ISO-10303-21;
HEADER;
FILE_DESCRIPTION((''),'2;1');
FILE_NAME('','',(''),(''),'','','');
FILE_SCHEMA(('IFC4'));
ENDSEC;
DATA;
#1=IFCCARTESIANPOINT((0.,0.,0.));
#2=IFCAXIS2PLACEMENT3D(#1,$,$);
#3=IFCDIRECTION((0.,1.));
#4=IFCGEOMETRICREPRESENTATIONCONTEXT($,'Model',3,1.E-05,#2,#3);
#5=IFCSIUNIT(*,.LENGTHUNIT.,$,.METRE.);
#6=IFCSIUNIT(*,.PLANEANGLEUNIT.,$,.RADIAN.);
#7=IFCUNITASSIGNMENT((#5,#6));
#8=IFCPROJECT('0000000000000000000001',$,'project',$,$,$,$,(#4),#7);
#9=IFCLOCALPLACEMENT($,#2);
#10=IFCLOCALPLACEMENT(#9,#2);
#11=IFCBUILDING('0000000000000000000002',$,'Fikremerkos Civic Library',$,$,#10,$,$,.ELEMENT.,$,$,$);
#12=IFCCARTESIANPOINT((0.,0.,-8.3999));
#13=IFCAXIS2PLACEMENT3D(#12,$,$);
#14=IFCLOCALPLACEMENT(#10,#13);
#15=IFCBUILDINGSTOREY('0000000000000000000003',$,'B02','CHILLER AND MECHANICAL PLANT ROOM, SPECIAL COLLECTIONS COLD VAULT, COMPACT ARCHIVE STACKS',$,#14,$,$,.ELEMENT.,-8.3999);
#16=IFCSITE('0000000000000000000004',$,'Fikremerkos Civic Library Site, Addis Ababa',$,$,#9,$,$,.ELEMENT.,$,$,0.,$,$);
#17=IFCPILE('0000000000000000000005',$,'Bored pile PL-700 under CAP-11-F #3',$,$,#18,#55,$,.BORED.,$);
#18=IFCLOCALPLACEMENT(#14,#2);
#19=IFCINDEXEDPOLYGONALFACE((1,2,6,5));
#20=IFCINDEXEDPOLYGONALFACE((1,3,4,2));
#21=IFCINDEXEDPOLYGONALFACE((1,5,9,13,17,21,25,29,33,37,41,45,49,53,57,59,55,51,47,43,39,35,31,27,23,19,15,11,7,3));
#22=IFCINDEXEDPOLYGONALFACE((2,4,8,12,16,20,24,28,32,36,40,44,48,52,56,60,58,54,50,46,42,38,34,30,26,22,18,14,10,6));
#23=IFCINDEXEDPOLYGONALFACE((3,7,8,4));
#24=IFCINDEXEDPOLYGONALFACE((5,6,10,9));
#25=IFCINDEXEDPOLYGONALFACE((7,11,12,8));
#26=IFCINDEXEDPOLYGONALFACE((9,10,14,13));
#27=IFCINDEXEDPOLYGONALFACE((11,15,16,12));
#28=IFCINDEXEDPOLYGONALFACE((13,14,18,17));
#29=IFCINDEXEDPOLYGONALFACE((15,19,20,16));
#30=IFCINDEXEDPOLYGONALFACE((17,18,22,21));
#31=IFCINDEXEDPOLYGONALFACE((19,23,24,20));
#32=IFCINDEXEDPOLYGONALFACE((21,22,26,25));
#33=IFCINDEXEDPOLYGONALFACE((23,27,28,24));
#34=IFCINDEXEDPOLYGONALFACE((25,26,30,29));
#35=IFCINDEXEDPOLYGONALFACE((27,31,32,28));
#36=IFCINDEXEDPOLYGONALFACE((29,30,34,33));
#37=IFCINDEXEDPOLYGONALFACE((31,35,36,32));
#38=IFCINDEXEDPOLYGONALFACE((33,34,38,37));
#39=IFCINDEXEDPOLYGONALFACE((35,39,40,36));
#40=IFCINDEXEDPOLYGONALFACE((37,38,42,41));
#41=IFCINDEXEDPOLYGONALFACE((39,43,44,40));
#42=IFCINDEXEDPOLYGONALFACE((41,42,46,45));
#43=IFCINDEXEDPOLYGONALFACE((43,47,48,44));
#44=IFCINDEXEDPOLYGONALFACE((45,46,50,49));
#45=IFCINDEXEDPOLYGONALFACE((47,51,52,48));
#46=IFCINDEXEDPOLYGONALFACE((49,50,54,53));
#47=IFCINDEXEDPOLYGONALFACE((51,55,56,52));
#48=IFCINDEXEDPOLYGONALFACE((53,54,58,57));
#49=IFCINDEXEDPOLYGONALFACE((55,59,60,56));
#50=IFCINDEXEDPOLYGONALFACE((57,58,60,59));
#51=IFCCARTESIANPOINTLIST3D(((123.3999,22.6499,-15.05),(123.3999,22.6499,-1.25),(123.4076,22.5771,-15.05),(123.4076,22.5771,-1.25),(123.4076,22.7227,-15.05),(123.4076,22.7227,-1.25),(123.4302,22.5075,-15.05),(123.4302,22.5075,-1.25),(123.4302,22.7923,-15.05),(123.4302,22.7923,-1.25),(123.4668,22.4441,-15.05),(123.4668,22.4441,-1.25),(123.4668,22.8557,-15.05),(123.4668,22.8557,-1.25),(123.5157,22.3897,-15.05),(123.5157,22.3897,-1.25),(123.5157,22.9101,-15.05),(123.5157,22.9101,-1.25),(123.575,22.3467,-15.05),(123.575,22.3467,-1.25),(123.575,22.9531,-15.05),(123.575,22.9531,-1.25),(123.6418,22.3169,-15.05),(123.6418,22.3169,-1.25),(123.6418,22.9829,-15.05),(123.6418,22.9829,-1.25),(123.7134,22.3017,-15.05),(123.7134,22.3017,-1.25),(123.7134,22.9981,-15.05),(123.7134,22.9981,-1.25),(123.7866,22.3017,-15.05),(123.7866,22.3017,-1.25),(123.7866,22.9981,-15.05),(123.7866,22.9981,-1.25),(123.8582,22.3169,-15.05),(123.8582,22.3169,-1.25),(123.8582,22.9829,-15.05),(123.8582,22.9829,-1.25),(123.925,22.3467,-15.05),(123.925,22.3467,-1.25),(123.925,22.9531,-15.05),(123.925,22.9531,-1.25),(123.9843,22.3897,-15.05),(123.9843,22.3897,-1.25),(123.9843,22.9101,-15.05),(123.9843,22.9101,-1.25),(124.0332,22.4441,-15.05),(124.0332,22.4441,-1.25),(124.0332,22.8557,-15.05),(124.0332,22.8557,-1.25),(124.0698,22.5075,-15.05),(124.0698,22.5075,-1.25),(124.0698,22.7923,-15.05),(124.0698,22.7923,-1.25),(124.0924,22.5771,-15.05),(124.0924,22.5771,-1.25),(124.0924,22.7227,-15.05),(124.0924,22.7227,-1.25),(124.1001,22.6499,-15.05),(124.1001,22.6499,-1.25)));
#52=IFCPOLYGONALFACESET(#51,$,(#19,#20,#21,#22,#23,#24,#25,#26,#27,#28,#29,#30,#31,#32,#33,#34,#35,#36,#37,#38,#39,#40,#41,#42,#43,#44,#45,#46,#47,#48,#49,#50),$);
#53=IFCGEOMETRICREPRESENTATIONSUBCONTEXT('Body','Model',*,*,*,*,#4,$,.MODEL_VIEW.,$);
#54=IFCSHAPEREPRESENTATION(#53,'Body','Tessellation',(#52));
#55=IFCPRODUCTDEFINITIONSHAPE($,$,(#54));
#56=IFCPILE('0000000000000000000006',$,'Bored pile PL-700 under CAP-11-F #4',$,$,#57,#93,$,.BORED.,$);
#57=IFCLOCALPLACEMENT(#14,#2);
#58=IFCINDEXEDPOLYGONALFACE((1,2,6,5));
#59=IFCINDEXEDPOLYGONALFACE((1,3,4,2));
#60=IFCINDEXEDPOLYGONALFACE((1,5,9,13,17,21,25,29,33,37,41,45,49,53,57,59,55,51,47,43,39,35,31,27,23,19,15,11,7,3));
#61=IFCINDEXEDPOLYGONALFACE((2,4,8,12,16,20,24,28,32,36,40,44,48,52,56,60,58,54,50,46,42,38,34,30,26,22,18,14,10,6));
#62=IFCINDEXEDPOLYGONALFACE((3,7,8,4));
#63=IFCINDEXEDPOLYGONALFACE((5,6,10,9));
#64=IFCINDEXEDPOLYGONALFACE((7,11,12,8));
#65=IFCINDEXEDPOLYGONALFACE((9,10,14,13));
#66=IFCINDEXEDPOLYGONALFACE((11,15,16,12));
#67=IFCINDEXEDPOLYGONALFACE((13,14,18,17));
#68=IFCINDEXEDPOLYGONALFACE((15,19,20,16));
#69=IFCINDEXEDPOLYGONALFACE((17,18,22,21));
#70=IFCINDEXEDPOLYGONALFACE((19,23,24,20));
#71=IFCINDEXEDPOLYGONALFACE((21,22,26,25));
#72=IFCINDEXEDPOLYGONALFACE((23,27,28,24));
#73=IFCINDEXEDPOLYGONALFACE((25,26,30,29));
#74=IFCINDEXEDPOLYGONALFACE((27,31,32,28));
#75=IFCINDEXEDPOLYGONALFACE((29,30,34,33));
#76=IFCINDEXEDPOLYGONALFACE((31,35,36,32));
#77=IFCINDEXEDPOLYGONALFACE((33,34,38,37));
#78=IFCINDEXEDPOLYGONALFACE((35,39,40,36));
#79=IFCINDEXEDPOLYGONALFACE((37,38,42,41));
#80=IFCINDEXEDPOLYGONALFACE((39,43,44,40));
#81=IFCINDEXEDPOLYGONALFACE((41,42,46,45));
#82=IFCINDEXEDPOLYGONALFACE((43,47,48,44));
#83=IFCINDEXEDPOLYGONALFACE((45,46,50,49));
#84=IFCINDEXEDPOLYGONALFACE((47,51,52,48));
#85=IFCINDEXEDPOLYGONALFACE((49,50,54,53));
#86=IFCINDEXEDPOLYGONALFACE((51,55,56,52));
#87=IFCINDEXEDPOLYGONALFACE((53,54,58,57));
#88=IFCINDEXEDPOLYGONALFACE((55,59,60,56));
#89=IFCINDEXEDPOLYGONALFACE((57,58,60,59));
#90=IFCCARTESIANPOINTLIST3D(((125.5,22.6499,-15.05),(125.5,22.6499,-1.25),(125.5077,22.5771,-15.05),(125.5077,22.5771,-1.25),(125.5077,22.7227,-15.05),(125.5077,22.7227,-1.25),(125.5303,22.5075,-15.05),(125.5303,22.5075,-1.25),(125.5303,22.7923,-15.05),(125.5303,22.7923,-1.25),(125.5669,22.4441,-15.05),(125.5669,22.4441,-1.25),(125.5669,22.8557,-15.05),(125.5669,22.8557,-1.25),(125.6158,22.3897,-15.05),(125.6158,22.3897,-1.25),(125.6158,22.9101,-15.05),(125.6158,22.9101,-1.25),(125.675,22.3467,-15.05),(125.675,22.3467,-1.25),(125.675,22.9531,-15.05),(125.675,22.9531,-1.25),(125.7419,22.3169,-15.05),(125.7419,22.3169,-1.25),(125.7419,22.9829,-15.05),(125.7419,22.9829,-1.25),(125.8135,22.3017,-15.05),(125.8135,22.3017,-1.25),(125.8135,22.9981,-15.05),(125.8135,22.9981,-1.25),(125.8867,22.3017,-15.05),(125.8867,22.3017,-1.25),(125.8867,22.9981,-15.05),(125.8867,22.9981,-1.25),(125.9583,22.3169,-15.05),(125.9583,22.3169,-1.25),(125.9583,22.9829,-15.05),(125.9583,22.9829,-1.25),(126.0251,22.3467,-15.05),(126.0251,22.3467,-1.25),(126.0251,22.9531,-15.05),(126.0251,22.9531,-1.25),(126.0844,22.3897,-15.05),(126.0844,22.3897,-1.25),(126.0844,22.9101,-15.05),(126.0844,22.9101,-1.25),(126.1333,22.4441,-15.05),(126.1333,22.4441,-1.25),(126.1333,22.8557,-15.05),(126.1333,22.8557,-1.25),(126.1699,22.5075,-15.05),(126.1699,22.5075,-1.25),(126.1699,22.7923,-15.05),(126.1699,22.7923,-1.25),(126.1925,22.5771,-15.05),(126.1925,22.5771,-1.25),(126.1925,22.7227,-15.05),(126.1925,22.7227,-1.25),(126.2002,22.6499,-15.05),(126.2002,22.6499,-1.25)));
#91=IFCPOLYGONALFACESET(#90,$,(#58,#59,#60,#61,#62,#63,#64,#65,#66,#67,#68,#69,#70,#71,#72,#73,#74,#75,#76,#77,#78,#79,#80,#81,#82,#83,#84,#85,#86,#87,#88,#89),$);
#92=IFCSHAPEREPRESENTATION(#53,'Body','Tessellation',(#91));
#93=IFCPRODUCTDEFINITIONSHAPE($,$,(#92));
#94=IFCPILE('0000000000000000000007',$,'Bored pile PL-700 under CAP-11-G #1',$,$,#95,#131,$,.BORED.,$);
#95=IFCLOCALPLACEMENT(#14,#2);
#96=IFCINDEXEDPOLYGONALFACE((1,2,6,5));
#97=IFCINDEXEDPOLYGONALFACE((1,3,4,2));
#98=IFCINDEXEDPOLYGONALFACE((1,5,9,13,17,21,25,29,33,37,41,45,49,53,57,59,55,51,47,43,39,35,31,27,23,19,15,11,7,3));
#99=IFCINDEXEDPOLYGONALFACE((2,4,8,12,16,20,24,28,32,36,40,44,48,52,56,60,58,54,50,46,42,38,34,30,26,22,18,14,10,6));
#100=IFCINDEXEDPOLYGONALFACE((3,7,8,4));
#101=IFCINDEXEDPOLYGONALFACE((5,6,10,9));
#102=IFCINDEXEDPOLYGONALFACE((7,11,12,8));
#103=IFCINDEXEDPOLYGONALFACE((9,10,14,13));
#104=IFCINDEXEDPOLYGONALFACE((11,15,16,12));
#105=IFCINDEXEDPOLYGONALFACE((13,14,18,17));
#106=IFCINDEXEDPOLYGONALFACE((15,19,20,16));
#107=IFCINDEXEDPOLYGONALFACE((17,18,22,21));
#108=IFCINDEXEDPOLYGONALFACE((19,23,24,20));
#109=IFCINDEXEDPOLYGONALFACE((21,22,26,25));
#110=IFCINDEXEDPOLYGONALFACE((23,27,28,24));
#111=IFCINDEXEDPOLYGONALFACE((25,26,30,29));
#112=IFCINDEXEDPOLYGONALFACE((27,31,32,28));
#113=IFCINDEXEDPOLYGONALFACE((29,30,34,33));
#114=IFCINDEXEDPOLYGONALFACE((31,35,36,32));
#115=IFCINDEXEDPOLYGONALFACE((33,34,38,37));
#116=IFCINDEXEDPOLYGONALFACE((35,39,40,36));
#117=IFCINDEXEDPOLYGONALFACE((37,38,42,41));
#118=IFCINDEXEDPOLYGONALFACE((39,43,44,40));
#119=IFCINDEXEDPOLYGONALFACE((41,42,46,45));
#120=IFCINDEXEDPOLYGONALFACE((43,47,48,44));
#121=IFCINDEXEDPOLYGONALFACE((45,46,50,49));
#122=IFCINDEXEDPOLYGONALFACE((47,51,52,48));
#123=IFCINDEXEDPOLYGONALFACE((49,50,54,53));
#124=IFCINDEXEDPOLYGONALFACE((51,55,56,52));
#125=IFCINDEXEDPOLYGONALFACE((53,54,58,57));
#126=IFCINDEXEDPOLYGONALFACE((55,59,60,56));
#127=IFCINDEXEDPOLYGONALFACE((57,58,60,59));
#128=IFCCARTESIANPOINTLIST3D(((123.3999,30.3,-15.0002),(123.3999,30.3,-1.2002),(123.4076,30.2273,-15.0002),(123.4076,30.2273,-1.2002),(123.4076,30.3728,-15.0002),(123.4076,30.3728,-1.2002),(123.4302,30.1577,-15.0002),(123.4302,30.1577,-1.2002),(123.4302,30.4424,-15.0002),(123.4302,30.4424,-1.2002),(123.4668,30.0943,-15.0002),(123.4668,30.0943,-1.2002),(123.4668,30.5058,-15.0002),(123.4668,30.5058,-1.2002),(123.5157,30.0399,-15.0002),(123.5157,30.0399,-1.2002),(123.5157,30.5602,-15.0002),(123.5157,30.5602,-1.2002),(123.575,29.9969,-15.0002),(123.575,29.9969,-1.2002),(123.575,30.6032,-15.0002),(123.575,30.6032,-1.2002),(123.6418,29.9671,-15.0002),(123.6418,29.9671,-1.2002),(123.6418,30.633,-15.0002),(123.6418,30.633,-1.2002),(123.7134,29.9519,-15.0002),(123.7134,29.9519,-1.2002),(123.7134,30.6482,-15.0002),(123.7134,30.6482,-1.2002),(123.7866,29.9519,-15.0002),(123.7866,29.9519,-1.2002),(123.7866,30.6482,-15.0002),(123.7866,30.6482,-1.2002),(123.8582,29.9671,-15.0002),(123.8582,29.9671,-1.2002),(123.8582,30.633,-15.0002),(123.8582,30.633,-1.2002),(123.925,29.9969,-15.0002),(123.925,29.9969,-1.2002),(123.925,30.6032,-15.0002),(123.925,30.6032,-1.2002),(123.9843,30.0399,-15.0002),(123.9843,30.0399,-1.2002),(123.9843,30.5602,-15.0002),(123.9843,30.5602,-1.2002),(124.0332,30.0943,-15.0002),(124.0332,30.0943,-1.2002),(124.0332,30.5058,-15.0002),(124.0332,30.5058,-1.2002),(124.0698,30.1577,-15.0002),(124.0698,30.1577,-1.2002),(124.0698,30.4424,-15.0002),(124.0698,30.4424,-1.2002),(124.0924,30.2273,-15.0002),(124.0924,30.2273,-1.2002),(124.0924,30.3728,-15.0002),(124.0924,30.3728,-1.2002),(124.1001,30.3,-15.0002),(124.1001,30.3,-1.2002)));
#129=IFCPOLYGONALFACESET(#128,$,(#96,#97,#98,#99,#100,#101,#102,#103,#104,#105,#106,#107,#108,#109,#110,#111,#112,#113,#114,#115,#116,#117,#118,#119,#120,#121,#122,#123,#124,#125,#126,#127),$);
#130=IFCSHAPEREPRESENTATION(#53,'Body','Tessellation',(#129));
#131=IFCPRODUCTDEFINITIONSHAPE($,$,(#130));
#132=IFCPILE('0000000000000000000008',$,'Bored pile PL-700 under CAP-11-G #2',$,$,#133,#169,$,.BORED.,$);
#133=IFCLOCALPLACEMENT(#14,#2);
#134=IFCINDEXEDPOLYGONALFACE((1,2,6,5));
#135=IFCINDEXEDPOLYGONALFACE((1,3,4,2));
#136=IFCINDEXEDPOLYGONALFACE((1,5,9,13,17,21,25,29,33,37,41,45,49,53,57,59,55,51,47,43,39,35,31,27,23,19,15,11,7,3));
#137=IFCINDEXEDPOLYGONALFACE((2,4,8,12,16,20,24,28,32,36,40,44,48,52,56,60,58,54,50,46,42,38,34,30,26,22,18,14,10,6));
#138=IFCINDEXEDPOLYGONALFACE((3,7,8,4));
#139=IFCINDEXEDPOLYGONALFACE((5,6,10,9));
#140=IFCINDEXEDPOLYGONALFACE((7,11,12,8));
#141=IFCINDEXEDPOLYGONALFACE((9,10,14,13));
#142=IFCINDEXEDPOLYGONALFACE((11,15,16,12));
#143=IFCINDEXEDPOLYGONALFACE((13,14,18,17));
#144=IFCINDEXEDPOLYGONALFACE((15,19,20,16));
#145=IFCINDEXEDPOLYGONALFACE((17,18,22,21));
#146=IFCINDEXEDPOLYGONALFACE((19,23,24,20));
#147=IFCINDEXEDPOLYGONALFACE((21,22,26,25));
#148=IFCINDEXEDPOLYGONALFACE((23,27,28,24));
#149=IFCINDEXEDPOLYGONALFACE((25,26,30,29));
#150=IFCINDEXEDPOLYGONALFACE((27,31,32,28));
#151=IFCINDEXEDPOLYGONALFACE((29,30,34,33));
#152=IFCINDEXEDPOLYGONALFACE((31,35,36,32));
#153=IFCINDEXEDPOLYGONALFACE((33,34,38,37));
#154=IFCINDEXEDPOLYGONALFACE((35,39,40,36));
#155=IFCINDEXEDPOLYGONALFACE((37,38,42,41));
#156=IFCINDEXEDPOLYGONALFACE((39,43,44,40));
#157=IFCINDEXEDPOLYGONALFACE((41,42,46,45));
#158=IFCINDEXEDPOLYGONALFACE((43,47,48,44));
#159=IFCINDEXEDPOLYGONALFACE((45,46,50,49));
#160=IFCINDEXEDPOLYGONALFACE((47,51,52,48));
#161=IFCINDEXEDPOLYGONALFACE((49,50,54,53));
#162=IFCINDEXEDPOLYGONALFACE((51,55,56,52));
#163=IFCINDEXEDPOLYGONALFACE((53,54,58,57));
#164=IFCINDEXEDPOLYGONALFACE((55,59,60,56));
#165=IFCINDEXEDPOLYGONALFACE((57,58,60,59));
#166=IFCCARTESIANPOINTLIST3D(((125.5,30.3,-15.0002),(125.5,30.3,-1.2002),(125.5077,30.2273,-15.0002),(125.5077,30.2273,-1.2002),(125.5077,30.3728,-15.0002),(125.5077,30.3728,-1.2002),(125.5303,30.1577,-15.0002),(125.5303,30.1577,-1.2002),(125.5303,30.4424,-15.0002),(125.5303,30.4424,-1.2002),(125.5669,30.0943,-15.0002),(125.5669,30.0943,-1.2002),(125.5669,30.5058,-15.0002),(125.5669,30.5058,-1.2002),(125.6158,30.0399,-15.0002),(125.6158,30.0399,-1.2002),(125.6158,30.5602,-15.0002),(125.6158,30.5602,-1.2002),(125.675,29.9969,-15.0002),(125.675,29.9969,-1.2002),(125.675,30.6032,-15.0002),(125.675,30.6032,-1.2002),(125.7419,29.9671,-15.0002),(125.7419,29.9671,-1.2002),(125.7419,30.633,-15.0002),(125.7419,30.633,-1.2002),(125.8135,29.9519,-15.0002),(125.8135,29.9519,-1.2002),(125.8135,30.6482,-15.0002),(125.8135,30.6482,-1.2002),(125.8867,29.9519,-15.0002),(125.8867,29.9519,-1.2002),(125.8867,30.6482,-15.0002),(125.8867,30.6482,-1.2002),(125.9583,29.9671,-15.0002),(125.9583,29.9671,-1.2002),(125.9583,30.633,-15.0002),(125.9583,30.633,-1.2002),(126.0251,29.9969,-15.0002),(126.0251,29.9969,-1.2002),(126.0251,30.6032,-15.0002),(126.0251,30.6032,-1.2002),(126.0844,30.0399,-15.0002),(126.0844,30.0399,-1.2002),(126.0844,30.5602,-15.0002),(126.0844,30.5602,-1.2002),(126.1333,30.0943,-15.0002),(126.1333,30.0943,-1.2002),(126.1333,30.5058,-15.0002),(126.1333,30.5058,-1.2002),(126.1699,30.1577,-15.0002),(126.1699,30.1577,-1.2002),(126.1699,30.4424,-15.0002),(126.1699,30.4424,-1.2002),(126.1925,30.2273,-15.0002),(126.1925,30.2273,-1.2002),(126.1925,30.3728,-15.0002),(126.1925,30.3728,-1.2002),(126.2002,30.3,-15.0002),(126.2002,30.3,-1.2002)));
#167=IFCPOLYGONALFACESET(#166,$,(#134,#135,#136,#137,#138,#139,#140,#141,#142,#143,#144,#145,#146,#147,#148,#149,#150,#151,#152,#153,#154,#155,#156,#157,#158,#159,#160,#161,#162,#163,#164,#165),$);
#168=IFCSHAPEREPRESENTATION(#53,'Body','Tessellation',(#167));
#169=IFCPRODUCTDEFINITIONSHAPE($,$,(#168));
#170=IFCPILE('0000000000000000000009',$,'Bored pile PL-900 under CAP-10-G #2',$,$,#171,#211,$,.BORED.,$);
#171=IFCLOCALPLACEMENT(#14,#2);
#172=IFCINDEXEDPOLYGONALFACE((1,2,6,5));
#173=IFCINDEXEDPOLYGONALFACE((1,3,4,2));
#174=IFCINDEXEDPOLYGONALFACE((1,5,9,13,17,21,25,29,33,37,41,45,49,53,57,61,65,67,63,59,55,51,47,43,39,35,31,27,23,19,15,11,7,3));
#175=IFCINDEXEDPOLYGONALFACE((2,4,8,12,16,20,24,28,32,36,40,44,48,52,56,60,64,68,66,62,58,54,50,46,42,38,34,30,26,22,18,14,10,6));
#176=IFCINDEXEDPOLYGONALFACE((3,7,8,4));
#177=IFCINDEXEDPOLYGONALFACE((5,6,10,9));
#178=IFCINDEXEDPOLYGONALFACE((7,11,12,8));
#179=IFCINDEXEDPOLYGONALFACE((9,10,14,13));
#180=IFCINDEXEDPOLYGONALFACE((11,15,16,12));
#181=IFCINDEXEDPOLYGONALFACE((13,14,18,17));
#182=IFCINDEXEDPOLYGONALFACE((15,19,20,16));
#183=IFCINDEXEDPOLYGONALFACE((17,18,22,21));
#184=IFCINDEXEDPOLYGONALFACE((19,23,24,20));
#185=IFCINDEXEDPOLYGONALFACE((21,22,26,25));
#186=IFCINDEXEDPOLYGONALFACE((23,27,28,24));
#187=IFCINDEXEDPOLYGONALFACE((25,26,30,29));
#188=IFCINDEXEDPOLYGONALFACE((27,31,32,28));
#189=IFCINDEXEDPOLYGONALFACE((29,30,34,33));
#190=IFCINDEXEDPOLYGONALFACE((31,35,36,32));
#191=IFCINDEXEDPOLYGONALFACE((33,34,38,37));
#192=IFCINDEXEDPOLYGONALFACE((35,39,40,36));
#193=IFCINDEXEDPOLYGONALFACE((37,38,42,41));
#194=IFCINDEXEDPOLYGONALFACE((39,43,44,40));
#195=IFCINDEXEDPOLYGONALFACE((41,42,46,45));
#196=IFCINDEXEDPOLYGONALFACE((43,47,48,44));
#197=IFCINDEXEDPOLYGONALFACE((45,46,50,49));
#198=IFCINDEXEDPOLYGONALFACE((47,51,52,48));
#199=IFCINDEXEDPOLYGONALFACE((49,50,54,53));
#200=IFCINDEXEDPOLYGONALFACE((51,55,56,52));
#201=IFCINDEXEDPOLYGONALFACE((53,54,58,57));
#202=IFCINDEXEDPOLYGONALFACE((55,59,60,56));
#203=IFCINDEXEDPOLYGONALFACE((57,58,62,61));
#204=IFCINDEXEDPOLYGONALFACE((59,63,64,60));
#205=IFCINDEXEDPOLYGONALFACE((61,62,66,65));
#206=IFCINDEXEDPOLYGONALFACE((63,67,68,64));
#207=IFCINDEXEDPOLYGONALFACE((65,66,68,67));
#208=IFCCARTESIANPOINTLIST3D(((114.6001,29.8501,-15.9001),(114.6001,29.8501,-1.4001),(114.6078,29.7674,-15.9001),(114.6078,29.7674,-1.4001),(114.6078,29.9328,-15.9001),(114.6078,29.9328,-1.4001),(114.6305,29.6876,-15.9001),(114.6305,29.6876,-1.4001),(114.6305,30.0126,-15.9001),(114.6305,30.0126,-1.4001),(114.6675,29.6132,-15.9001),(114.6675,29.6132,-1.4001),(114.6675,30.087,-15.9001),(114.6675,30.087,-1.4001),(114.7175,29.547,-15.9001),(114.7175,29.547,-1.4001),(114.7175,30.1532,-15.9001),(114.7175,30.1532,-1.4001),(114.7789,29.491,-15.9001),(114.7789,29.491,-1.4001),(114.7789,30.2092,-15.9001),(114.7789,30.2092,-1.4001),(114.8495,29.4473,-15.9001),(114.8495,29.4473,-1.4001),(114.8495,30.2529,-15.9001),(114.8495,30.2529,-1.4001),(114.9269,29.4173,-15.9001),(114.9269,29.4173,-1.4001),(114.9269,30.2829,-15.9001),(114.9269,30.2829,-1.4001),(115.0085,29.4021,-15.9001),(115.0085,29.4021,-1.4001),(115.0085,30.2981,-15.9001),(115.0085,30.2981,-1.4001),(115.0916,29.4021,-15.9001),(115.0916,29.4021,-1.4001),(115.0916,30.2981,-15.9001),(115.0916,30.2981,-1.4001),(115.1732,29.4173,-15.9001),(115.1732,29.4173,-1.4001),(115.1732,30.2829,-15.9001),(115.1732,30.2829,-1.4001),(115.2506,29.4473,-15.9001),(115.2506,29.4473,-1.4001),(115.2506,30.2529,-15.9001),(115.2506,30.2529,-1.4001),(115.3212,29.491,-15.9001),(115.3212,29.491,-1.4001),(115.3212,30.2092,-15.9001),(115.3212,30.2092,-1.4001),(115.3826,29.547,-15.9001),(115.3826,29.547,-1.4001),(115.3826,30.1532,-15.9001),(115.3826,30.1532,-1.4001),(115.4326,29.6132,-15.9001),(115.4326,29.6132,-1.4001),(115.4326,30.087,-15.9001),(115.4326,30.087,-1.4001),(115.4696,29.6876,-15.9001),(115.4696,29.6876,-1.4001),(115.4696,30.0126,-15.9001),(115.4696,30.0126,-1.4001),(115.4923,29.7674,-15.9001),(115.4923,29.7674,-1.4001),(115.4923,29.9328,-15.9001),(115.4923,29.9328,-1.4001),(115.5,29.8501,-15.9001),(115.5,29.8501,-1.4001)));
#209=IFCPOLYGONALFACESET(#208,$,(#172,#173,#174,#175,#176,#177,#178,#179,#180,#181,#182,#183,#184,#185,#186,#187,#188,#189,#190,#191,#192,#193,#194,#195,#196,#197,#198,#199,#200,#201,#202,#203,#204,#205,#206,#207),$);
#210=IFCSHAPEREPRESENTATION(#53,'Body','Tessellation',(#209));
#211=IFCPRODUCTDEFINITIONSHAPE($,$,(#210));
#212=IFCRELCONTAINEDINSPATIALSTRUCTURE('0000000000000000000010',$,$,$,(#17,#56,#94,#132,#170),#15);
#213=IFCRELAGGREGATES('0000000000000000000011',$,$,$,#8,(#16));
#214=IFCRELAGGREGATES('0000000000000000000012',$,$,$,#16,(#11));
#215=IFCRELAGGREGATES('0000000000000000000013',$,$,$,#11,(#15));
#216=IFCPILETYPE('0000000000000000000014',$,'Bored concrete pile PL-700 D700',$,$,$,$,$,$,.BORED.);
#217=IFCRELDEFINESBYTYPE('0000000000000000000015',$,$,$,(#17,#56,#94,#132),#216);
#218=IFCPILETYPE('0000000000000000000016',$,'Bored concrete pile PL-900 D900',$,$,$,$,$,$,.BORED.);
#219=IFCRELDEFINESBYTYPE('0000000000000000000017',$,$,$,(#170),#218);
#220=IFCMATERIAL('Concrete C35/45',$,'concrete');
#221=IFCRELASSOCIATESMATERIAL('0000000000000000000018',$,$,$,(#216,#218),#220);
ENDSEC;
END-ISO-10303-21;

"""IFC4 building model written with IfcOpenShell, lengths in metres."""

from ifc_helpers import new_model, si_unit, direction, frame, origin, origin_2d, place, context, subcontext, project, spatial, circle, extrude, material, material_profile, profile_set, type_object, element, save


model = new_model("IFC4")

# Units and contexts
model_context = context("Model", 3, precision=1e-05, world=origin(), true_north=direction((0.0, 1.0)))
body_context = subcontext(model_context, "Body", "Model", "MODEL_VIEW")
ifc_project = project(units=[si_unit("LENGTHUNIT", "METRE"), si_unit("PLANEANGLEUNIT", "RADIAN")], contexts=[model_context])

# Site, building, storey
site_placement = place(None, origin())
site = spatial("IfcSite", under=ifc_project, at=site_placement, Name="Fikremerkos Civic Library Site, Addis Ababa", CompositionType="ELEMENT", RefElevation=0.0)
building_placement = place(site_placement, origin())
building = spatial("IfcBuilding", under=site, at=building_placement, Name="Fikremerkos Civic Library", CompositionType="ELEMENT")
storey_placement = place(building_placement, frame((0.0, 0.0, -8.3999)))
storey = spatial("IfcBuildingStorey", under=building, at=storey_placement, Name="B02", Description="CHILLER AND MECHANICAL PLANT ROOM, SPECIAL COLLECTIONS COLD VAULT, COMPACT ARCHIVE STACKS", CompositionType="ELEMENT", Elevation=-8.3999)

# Piles
ifc_material_1 = material(Name="Concrete C35/45", Category="concrete")
ifc_material_profile_1 = material_profile(ifc_material_1, circle(Radius=0.3501, at=origin_2d()), Name="BORED PILE 700")
ifc_profile_set_1 = profile_set([ifc_material_profile_1], Name="Concrete C35/45")
pile_type_1 = type_object("IfcPileType", Name="Bored concrete pile PL-700 D700", PredefinedType="BORED", material=ifc_profile_set_1)
for number, where, z_axis, x_axis, name in (
    (1, (123.75, 22.6499, -1.25), (0.0, 0.0, -1.0), (1.0, 0.0, 0.0), "Bored pile PL-700 under CAP-11-F #3"),
    (2, (125.8501, 22.6499, -1.25), (0.0, 0.0, -1.0), (1.0, 0.0, 0.0), "Bored pile PL-700 under CAP-11-F #4"),
    (3, (123.75, 30.3, -1.2002), (0.0, 0.0, -1.0), (1.0, 0.0, 0.0), "Bored pile PL-700 under CAP-11-G #1"),
    (4, (125.8501, 30.3, -1.2002), (0.0, 0.0, -1.0), (1.0, 0.0, 0.0), "Bored pile PL-700 under CAP-11-G #2"),
):
    element("IfcPile", number, at=place(storey_placement, frame(where, z_axis=z_axis, x_axis=x_axis)), inside=storey, type_object=pile_type_1, Name=name, PredefinedType="BORED", context=body_context, shape_type="SweptSolid", body=[
        extrude(circle(Radius=0.3501, at=origin_2d()), origin(), (0.0, 0.0, 1.0), 13.8),
    ])
ifc_material_profile_2 = material_profile(ifc_material_1, circle(Radius=0.45, at=origin_2d()), Name="BORED PILE 900")
ifc_profile_set_2 = profile_set([ifc_material_profile_2], Name="Concrete C35/45")
pile_type_2 = type_object("IfcPileType", Name="Bored concrete pile PL-900 D900", PredefinedType="BORED", material=ifc_profile_set_2)
pile_placement = place(storey_placement, frame((115.05, 29.8501, -1.4001), z_axis=(0.0, 0.0, -1.0), x_axis=(1.0, 0.0, 0.0)))
element("IfcPile", 5, at=pile_placement, inside=storey, type_object=pile_type_2, Name="Bored pile PL-900 under CAP-10-G #2", PredefinedType="BORED", context=body_context, shape_type="SweptSolid", body=[
    extrude(circle(Radius=0.45, at=origin_2d()), origin(), (0.0, 0.0, 1.0), 14.5),
])

save(model, "model.ifc")
